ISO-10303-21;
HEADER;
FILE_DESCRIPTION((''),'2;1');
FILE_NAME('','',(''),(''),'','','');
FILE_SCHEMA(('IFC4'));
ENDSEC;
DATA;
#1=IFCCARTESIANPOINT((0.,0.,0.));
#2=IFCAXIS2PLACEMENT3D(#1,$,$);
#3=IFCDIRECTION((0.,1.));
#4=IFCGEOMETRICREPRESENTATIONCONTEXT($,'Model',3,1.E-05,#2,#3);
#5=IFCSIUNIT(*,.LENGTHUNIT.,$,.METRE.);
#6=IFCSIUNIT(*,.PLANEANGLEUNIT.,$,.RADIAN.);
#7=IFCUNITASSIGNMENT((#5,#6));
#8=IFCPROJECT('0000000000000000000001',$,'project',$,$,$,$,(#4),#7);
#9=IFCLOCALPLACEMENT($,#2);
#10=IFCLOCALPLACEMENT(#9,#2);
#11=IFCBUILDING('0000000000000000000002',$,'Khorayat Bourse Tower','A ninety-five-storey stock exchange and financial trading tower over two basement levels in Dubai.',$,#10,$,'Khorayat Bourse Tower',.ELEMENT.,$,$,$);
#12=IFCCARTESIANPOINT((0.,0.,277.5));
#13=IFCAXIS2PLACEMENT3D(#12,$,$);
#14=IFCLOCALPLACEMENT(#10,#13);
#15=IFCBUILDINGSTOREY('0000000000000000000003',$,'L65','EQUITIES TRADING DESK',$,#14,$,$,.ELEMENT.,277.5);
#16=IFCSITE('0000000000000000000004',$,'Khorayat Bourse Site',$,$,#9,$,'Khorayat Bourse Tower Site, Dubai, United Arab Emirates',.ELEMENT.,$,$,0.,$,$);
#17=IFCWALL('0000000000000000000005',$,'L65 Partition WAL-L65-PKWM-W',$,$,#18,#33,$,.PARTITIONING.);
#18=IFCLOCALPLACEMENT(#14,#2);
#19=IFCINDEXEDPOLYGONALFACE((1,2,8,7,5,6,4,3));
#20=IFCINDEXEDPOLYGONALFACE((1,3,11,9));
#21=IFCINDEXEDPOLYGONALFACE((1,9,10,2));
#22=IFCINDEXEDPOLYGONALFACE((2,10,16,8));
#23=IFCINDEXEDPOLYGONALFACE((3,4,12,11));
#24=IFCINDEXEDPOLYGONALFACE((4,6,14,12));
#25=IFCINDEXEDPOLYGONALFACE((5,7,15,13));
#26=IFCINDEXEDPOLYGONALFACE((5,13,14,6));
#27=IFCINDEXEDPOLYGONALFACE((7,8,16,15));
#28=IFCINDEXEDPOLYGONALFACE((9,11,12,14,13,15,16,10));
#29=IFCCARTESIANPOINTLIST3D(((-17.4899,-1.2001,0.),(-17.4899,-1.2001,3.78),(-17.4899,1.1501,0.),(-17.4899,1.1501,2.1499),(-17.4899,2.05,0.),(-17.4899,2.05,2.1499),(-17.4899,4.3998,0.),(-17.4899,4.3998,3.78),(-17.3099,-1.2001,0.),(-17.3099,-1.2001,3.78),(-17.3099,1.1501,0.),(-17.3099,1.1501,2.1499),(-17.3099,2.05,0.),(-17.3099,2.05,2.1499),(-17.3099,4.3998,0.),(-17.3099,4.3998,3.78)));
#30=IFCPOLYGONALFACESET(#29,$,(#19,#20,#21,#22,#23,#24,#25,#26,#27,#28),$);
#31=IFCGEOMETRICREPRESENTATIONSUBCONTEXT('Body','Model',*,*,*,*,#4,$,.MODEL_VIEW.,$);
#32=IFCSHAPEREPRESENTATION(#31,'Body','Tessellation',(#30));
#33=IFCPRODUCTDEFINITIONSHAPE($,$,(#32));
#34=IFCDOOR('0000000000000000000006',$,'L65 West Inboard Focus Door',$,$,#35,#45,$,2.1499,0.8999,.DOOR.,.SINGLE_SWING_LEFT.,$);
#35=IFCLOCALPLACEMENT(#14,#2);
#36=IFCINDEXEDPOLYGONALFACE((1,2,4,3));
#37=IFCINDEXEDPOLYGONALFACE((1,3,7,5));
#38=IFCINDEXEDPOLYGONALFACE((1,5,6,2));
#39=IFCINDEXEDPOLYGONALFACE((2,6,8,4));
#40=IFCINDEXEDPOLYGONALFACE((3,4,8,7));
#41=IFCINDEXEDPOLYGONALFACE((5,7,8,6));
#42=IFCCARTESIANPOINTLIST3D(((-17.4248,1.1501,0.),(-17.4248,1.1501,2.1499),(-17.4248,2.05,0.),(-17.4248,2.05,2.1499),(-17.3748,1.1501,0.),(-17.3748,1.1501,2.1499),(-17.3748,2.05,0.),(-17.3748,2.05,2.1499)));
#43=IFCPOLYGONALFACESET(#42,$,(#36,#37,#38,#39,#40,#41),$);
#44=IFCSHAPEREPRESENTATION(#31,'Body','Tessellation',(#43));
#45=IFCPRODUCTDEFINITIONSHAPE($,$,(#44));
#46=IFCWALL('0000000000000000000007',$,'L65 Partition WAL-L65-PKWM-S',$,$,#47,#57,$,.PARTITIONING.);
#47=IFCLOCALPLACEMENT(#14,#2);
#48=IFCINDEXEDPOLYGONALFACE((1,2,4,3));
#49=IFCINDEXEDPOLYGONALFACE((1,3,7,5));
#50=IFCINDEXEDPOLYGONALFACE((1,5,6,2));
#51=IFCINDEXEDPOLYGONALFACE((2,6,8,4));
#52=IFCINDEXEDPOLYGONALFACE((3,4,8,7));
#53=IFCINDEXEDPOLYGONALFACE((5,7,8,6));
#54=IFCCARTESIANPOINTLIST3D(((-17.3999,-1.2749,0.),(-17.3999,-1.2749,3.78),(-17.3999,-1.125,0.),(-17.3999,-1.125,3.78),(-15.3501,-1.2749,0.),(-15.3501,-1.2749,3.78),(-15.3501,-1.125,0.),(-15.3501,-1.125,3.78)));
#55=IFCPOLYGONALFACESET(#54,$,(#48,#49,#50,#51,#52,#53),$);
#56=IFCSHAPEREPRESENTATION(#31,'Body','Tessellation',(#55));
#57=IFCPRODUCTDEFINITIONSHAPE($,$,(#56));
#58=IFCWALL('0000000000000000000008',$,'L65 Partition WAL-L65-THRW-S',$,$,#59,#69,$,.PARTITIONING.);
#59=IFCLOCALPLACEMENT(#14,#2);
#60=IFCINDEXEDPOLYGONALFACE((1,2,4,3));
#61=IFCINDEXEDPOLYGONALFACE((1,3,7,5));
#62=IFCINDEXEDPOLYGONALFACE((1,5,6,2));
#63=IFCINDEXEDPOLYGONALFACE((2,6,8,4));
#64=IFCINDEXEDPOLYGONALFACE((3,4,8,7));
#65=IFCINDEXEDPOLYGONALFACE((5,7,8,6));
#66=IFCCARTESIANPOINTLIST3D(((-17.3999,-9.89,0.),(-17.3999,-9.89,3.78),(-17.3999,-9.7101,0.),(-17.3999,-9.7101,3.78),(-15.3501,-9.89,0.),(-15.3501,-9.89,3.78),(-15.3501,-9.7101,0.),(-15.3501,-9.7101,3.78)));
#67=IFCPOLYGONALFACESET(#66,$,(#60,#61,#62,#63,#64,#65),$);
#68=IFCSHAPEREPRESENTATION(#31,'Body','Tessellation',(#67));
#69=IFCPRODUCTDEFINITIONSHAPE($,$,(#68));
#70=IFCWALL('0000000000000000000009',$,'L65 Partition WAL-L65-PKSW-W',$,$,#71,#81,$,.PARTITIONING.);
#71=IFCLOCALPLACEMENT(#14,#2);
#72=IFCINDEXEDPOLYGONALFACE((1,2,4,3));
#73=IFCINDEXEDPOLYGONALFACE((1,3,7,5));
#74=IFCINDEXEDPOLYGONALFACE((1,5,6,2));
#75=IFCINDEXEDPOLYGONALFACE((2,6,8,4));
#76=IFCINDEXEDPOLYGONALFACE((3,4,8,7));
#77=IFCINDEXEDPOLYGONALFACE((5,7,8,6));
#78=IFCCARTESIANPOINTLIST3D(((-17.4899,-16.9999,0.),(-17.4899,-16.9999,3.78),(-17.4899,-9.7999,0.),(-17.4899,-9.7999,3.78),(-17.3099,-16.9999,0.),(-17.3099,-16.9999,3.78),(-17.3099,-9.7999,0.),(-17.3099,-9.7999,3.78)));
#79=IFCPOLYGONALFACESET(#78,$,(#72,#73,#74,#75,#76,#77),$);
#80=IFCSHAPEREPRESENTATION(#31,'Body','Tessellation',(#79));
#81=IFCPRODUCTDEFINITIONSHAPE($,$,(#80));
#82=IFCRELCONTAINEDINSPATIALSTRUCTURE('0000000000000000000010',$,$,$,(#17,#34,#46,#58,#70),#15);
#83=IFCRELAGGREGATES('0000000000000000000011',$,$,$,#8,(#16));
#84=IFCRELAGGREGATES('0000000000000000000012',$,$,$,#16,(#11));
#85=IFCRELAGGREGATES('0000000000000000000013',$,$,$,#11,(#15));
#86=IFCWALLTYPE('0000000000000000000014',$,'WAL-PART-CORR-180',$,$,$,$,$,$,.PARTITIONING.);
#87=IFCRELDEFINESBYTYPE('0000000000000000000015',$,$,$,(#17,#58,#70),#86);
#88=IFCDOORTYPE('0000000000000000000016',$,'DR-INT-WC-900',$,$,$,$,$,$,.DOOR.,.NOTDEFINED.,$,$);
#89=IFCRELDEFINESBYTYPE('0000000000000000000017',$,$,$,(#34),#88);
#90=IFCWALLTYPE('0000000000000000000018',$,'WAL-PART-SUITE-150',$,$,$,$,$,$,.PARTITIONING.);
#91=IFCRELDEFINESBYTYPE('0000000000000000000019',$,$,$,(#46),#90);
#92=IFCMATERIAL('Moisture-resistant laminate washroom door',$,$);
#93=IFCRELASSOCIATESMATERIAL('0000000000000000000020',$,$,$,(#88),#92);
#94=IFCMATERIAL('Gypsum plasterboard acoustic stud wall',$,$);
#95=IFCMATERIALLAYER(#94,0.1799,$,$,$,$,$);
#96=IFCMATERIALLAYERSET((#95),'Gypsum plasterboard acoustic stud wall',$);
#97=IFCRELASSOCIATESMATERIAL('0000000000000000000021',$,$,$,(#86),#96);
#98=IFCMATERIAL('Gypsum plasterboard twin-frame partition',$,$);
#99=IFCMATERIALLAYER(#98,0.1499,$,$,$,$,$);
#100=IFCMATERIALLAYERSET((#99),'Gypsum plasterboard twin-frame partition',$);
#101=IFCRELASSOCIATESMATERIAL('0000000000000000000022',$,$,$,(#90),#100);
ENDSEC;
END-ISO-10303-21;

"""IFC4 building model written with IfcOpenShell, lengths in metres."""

from ifc_helpers import new_model, si_unit, direction, frame, frame_2d, origin, place, context, subcontext, project, spatial, rectangle, extrude, source, transform, mapped, material, layer, layer_set, type_object, element, fill, save


model = new_model("IFC4")

# Units and contexts
model_context = context("Model", 3, precision=1e-05, world=origin(), true_north=direction((0.0, 1.0)))
body_context = subcontext(model_context, "Body", "Model", "MODEL_VIEW")
ifc_project = project(units=[si_unit("LENGTHUNIT", "METRE"), si_unit("PLANEANGLEUNIT", "RADIAN")], contexts=[model_context])

# Site, building, storey
site_placement = place(None, origin())
site = spatial("IfcSite", under=ifc_project, at=site_placement, Name="Khorayat Bourse Site", LongName="Khorayat Bourse Tower Site, Dubai, United Arab Emirates", CompositionType="ELEMENT", RefElevation=0.0)
building_placement = place(site_placement, origin())
building = spatial("IfcBuilding", under=site, at=building_placement, Name="Khorayat Bourse Tower", Description="A ninety-five-storey stock exchange and financial trading tower over two basement levels in Dubai.", LongName="Khorayat Bourse Tower", CompositionType="ELEMENT")
storey_placement = place(building_placement, frame((0.0, 0.0, 277.5)))
storey = spatial("IfcBuildingStorey", under=building, at=storey_placement, Name="L65", Description="EQUITIES TRADING DESK", CompositionType="ELEMENT", Elevation=277.5)

# Shared definitions
ifc_material_1 = material(Name="Moisture-resistant laminate washroom door")
door_type_1 = type_object("IfcDoorType", Name="DR-INT-WC-900", OperationType="NOTDEFINED", PredefinedType="DOOR", material=ifc_material_1)
shared_shape_1 = source(origin(), body_context, "Body", "SweptSolid", [
    extrude(rectangle(XDim=0.8999, YDim=2.1499, at=frame_2d((0.45, 1.075))), frame((0.0, 0.0249, 0.0), z_axis=(0.0, -1.0, 0.0), x_axis=(1.0, 0.0, 0.0)), (0.0, 0.0, 1.0), 0.05),
])

# Shared definitions
ifc_material_2 = material(Name="Gypsum plasterboard acoustic stud wall")
ifc_layer_1 = layer(ifc_material_2, 0.1799)
ifc_layer_set_1 = layer_set([ifc_layer_1], Name="Gypsum plasterboard acoustic stud wall")
wall_type_1 = type_object("IfcWallType", Name="WAL-PART-CORR-180", PredefinedType="PARTITIONING", material=ifc_layer_set_1)

# Wall, opening, door
shared_shape_2 = source(origin(), body_context, "Body", "SweptSolid", [
    extrude(rectangle(XDim=5.5999, YDim=0.1799, at=frame_2d((2.7998, 0.0))), origin(), (0.0, 0.0, 1.0), 3.78),
])
wall_1_placement = place(storey_placement, frame((-17.3999, -1.2, 0.0), z_axis=(0.0, 0.0, 1.0), x_axis=(0.0, 1.0, 0.0)))
wall_1 = element("IfcWall", 1, at=wall_1_placement, inside=storey, type_object=wall_type_1, Name="L65 Partition WAL-L65-PKWM-W", PredefinedType="PARTITIONING", context=body_context, shape_type="MappedRepresentation", body=[
    mapped(shared_shape_2, transform((0.0, 0.0, 0.0), scale=1.0)),
])
shared_shape_3 = source(origin(), body_context, "Body", "SweptSolid", [
    extrude(rectangle(XDim=0.8999, YDim=2.1499, at=frame_2d((0.45, 1.075))), frame((0.0, 0.0999, 0.0), z_axis=(0.0, -1.0, 0.0), x_axis=(1.0, 0.0, 0.0)), (0.0, 0.0, 1.0), 0.2),
])
opening_1_placement = place(wall_1_placement, frame((2.3501, 0.0, 0.0)))
opening_1 = element("IfcOpeningElement", 2, at=opening_1_placement, cuts=wall_1, PredefinedType="OPENING", context=body_context, shape_type="MappedRepresentation", body=[
    mapped(shared_shape_3, transform((0.0, 0.0, 0.0), scale=1.0)),
])
door_1_placement = place(opening_1_placement, origin())
door_1 = element("IfcDoor", 3, at=door_1_placement, inside=storey, type_object=door_type_1, Name="L65 West Inboard Focus Door", OperationType="SINGLE_SWING_LEFT", OverallHeight=2.1499, OverallWidth=0.8999, PredefinedType="DOOR", context=body_context, shape_type="MappedRepresentation", body=[
    mapped(shared_shape_1, transform((0.0, 0.0, 0.0), scale=1.0)),
])
fill(opening_1, door_1)

# Walls
ifc_material_3 = material(Name="Gypsum plasterboard twin-frame partition")
ifc_layer_2 = layer(ifc_material_3, 0.1499)
ifc_layer_set_2 = layer_set([ifc_layer_2], Name="Gypsum plasterboard twin-frame partition")
wall_type_2 = type_object("IfcWallType", Name="WAL-PART-SUITE-150", PredefinedType="PARTITIONING", material=ifc_layer_set_2)
shared_shape_4 = source(origin(), body_context, "Body", "SweptSolid", [
    extrude(rectangle(XDim=2.0498, YDim=0.1499, at=frame_2d((1.0249, 0.0))), origin(), (0.0, 0.0, 1.0), 3.78),
])
wall_2_placement = place(storey_placement, frame((-17.3999, -1.2, 0.0), z_axis=(0.0, 0.0, 1.0), x_axis=(1.0, 0.0, 0.0)))
element("IfcWall", 4, at=wall_2_placement, inside=storey, type_object=wall_type_2, Name="L65 Partition WAL-L65-PKWM-S", PredefinedType="PARTITIONING", context=body_context, shape_type="MappedRepresentation", body=[
    mapped(shared_shape_4, transform((0.0, 0.0, 0.0), scale=1.0)),
])
shared_shape_5 = source(origin(), body_context, "Body", "SweptSolid", [
    extrude(rectangle(XDim=2.0498, YDim=0.1799, at=frame_2d((1.0249, 0.0))), origin(), (0.0, 0.0, 1.0), 3.78),
])
wall_3_placement = place(storey_placement, frame((-17.3999, -9.8, 0.0), z_axis=(0.0, 0.0, 1.0), x_axis=(1.0, 0.0, 0.0)))
element("IfcWall", 5, at=wall_3_placement, inside=storey, type_object=wall_type_1, Name="L65 Partition WAL-L65-THRW-S", PredefinedType="PARTITIONING", context=body_context, shape_type="MappedRepresentation", body=[
    mapped(shared_shape_5, transform((0.0, 0.0, 0.0), scale=1.0)),
])
shared_shape_6 = source(origin(), body_context, "Body", "SweptSolid", [
    extrude(rectangle(XDim=7.2, YDim=0.1799, at=frame_2d((3.6001, 0.0))), origin(), (0.0, 0.0, 1.0), 3.78),
])
wall_4_placement = place(storey_placement, frame((-17.3999, -17.0, 0.0), z_axis=(0.0, 0.0, 1.0), x_axis=(0.0, 1.0, 0.0)))
element("IfcWall", 6, at=wall_4_placement, inside=storey, type_object=wall_type_1, Name="L65 Partition WAL-L65-PKSW-W", PredefinedType="PARTITIONING", context=body_context, shape_type="MappedRepresentation", body=[
    mapped(shared_shape_6, transform((0.0, 0.0, 0.0), scale=1.0)),
])

save(model, "model.ifc")
